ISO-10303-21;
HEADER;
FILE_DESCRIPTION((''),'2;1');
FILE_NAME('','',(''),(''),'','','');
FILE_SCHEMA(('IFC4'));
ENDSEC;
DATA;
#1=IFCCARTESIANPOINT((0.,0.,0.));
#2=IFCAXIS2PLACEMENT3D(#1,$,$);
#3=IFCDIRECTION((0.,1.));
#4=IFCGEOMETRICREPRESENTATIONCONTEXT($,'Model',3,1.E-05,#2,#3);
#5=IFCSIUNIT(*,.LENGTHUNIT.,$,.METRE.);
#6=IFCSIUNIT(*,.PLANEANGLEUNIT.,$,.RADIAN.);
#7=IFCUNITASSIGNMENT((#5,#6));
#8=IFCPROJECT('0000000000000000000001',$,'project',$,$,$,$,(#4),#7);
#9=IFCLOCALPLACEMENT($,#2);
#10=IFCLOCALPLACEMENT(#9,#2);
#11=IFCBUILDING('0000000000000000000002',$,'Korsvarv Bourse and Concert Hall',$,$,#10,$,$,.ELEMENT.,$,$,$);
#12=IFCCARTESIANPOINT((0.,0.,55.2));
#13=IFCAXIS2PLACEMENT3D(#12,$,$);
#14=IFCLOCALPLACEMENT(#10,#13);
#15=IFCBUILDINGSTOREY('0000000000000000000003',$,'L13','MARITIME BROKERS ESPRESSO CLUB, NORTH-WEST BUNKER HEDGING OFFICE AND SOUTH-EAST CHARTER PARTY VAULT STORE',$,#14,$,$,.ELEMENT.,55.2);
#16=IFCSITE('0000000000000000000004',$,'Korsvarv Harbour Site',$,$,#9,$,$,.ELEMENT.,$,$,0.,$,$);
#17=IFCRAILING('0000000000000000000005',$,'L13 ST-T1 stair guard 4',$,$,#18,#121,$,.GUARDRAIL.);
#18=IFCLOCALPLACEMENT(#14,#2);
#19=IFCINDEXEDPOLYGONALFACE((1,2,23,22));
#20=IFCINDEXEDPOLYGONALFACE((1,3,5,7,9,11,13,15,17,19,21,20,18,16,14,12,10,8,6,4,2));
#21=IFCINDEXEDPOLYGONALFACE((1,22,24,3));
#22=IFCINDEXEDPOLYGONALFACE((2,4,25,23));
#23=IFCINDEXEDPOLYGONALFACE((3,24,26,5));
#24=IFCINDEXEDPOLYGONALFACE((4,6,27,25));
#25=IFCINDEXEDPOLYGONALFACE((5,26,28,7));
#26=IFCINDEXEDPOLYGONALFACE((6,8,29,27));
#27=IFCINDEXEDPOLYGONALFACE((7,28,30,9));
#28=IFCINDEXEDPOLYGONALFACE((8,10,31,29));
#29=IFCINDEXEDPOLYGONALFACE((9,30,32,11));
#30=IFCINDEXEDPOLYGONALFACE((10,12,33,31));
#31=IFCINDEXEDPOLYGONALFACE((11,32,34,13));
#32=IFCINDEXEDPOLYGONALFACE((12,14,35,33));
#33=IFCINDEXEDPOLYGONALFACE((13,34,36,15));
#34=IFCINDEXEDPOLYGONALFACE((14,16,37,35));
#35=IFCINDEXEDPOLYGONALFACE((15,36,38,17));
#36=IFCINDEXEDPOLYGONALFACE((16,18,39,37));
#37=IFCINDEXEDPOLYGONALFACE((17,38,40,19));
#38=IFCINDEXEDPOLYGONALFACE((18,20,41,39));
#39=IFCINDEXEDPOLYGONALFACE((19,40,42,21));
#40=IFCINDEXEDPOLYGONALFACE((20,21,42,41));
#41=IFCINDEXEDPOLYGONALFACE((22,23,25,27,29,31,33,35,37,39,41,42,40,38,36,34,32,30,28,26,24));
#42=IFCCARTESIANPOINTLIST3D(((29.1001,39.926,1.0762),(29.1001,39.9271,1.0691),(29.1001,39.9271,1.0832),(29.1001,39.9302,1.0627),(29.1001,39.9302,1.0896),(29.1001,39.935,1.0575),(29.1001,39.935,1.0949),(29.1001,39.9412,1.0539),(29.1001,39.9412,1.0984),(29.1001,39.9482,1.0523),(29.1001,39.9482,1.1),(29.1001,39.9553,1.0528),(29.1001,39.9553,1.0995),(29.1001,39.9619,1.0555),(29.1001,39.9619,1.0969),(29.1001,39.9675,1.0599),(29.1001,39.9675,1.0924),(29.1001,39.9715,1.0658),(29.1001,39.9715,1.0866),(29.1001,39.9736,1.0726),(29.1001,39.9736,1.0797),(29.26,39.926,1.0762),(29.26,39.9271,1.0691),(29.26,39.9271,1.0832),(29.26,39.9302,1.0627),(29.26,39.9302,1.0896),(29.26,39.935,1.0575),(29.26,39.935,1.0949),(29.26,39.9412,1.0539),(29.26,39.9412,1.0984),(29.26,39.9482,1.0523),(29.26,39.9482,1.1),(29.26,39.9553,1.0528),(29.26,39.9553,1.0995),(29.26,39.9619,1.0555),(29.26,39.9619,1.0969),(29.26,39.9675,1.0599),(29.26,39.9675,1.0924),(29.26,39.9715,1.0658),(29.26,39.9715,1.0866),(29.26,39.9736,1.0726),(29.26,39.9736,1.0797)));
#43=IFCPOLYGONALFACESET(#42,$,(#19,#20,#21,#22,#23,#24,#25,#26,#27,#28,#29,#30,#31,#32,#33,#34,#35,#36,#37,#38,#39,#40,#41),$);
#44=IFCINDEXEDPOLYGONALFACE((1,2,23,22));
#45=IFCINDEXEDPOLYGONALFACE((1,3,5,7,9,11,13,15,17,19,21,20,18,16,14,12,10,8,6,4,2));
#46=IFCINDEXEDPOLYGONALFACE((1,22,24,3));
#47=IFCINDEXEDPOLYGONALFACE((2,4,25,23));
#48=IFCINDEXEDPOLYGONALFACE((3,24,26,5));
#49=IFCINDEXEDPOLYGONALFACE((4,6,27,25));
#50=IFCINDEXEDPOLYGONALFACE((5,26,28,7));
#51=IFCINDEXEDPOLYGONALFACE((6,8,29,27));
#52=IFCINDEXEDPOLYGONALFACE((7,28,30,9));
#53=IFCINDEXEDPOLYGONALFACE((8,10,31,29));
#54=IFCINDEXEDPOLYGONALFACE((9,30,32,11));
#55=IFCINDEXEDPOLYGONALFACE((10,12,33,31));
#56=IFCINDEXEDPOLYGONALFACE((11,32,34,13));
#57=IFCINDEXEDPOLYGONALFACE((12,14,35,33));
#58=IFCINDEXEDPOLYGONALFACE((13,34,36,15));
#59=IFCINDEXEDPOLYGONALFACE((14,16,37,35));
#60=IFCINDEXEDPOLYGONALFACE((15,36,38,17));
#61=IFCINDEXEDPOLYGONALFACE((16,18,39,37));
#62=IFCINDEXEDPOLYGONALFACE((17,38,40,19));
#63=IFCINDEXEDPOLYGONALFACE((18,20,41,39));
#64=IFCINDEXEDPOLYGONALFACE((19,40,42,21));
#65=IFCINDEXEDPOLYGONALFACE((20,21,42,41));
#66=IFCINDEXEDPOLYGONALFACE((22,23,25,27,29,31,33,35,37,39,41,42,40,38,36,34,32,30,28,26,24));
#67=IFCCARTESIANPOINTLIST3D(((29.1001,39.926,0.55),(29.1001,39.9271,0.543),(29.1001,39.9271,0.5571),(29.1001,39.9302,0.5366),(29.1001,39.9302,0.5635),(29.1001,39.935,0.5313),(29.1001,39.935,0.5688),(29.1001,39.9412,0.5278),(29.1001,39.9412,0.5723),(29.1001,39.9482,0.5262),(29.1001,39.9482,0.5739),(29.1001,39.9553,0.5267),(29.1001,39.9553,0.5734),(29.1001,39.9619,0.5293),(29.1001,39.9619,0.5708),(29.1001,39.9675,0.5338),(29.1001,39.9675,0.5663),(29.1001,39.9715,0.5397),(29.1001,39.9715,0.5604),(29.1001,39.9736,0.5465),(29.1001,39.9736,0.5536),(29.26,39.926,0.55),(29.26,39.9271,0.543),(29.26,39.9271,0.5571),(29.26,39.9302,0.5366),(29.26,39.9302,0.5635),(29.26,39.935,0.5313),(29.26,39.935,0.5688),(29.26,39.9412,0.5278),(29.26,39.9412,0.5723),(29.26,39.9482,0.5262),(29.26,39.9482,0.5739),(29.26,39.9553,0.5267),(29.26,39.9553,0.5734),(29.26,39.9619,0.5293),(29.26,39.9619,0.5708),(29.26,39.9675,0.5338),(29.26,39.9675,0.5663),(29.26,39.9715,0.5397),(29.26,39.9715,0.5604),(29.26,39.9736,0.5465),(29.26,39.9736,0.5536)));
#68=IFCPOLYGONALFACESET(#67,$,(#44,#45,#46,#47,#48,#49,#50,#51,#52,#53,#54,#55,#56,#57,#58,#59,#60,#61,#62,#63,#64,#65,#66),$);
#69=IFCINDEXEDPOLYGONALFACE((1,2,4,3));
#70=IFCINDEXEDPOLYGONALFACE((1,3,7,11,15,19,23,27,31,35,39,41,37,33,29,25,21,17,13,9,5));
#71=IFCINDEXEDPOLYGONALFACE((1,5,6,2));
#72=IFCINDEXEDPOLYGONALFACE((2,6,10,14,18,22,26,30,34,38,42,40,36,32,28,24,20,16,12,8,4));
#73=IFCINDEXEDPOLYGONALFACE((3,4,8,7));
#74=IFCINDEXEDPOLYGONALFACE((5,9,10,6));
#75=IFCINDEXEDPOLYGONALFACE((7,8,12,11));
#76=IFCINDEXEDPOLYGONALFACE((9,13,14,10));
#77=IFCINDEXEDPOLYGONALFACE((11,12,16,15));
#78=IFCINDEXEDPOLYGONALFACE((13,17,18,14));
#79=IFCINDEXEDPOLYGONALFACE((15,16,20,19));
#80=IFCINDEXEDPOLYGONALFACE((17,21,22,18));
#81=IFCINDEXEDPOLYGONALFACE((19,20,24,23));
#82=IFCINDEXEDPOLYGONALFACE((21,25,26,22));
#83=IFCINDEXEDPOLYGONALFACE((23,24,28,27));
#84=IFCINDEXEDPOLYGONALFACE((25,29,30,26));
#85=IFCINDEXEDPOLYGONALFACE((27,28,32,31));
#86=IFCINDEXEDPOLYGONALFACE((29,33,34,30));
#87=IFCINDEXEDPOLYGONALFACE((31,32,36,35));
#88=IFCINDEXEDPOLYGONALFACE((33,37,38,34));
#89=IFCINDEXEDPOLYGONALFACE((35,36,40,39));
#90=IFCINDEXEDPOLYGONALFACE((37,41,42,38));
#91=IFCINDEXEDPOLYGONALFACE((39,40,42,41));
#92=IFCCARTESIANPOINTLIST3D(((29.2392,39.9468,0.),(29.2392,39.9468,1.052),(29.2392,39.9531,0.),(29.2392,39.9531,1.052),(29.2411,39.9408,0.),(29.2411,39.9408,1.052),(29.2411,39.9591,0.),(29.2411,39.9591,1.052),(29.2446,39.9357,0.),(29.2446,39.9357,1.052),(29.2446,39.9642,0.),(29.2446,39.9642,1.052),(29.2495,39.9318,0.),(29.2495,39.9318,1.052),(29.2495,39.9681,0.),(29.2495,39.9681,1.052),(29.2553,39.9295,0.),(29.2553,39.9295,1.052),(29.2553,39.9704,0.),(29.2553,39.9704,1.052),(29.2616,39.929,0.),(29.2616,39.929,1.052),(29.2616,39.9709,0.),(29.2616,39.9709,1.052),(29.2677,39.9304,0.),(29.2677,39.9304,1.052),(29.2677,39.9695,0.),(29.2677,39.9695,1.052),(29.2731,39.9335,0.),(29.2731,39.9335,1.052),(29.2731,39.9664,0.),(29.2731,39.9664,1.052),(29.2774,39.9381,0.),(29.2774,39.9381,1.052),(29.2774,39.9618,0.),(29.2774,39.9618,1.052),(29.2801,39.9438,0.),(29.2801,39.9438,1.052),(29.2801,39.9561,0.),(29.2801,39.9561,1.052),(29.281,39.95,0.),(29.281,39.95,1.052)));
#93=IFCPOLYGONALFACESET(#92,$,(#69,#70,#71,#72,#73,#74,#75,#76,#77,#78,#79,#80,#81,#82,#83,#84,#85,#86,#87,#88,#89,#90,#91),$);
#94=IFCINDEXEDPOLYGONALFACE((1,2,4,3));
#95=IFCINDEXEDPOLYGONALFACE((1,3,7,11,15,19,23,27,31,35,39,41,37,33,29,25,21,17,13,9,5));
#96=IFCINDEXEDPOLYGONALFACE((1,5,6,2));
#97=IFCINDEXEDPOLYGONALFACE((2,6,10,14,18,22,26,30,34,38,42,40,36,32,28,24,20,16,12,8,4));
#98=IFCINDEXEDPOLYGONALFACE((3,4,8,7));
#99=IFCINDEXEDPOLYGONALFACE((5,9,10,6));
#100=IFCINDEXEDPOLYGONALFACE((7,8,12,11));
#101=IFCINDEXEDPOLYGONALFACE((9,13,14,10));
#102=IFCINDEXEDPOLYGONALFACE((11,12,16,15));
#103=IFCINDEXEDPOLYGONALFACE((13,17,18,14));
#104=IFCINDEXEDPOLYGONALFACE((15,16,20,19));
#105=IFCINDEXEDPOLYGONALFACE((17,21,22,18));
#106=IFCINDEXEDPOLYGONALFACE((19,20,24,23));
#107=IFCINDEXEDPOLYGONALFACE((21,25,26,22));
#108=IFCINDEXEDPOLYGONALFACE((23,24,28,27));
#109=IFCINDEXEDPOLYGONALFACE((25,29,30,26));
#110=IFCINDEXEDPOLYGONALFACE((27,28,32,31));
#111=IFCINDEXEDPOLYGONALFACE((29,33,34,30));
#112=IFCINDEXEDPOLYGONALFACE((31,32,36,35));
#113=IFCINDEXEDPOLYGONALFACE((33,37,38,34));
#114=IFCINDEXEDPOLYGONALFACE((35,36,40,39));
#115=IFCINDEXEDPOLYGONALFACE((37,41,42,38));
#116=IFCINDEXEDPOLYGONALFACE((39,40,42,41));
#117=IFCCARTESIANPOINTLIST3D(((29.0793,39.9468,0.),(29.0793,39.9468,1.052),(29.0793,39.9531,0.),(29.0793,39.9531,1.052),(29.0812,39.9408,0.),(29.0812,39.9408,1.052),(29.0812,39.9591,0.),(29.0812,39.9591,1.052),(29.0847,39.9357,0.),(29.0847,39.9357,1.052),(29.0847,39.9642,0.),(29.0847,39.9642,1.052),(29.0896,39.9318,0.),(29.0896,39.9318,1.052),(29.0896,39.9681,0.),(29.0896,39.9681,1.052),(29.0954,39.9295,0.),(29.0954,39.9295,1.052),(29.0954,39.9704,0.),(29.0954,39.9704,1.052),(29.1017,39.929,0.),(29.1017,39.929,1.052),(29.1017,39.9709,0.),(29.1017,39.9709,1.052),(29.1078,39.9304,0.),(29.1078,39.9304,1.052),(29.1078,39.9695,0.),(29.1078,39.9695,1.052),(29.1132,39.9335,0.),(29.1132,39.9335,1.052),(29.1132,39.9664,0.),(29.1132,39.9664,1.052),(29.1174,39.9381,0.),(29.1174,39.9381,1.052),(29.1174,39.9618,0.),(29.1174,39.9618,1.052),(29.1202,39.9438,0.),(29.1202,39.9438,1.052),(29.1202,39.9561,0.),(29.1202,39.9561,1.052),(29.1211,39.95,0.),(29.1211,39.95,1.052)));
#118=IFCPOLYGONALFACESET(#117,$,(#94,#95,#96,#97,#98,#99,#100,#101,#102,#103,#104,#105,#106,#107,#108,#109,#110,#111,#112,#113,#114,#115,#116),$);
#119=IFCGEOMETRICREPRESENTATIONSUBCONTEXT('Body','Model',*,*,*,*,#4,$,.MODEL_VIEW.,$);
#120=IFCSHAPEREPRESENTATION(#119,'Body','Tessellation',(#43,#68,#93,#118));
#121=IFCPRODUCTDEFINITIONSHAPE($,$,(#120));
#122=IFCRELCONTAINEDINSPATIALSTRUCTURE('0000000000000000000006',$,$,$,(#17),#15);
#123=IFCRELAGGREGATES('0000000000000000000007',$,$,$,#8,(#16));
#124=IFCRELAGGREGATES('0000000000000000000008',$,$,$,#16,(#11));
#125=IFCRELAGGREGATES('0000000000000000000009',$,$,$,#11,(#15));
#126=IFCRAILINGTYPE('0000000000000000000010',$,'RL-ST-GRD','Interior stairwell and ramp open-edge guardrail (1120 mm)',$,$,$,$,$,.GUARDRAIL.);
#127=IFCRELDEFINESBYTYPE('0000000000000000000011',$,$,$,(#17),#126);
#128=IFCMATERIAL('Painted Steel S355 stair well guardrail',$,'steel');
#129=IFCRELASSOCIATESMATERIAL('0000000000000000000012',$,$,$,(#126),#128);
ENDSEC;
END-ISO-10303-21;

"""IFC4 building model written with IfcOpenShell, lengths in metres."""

from ifc_helpers import new_model, si_unit, direction, frame, origin, origin_2d, place, context, subcontext, project, spatial, circle, extrude, material, type_object, element, save


model = new_model("IFC4")

# Units and contexts
model_context = context("Model", 3, precision=1e-05, world=origin(), true_north=direction((0.0, 1.0)))
body_context = subcontext(model_context, "Body", "Model", "MODEL_VIEW")
ifc_project = project(units=[si_unit("LENGTHUNIT", "METRE"), si_unit("PLANEANGLEUNIT", "RADIAN")], contexts=[model_context])

# Site, building, storey
site_placement = place(None, origin())
site = spatial("IfcSite", under=ifc_project, at=site_placement, Name="Korsvarv Harbour Site", CompositionType="ELEMENT", RefElevation=0.0)
building_placement = place(site_placement, origin())
building = spatial("IfcBuilding", under=site, at=building_placement, Name="Korsvarv Bourse and Concert Hall", CompositionType="ELEMENT")
storey_placement = place(building_placement, frame((0.0, 0.0, 55.2)))
storey = spatial("IfcBuildingStorey", under=building, at=storey_placement, Name="L13", Description="MARITIME BROKERS ESPRESSO CLUB, NORTH-WEST BUNKER HEDGING OFFICE AND SOUTH-EAST CHARTER PARTY VAULT STORE", CompositionType="ELEMENT", Elevation=55.2)

# Railing
ifc_material_1 = material(Name="Painted Steel S355 stair well guardrail", Category="steel")
railing_type_1 = type_object("IfcRailingType", Name="RL-ST-GRD", Description="Interior stairwell and ramp open-edge guardrail (1120 mm)", PredefinedType="GUARDRAIL", material=ifc_material_1)
railing_1_placement = place(storey_placement, frame((29.26, 39.95, 0.0)))
element("IfcRailing", 1, at=railing_1_placement, inside=storey, type_object=railing_type_1, Name="L13 ST-T1 stair guard 4", PredefinedType="GUARDRAIL", context=body_context, shape_type="SweptSolid", body=[
    extrude(circle(Radius=0.0239, at=origin_2d()), frame((0.0, 0.0, 1.0762), z_axis=(-1.0, 0.0, 0.0), x_axis=(0.0, -1.0, 0.0)), (0.0, 0.0, 1.0), 0.1599),
    extrude(circle(Radius=0.0239, at=origin_2d()), frame((0.0, 0.0, 0.55), z_axis=(-1.0, 0.0, 0.0), x_axis=(0.0, -1.0, 0.0)), (0.0, 0.0, 1.0), 0.1599),
    extrude(circle(Radius=0.021, at=origin_2d()), origin(), (0.0, 0.0, 1.0), 1.052),
    extrude(circle(Radius=0.021, at=origin_2d()), frame((-0.1599, 0.0, 0.0)), (0.0, 0.0, 1.0), 1.052),
])

save(model, "model.ifc")
